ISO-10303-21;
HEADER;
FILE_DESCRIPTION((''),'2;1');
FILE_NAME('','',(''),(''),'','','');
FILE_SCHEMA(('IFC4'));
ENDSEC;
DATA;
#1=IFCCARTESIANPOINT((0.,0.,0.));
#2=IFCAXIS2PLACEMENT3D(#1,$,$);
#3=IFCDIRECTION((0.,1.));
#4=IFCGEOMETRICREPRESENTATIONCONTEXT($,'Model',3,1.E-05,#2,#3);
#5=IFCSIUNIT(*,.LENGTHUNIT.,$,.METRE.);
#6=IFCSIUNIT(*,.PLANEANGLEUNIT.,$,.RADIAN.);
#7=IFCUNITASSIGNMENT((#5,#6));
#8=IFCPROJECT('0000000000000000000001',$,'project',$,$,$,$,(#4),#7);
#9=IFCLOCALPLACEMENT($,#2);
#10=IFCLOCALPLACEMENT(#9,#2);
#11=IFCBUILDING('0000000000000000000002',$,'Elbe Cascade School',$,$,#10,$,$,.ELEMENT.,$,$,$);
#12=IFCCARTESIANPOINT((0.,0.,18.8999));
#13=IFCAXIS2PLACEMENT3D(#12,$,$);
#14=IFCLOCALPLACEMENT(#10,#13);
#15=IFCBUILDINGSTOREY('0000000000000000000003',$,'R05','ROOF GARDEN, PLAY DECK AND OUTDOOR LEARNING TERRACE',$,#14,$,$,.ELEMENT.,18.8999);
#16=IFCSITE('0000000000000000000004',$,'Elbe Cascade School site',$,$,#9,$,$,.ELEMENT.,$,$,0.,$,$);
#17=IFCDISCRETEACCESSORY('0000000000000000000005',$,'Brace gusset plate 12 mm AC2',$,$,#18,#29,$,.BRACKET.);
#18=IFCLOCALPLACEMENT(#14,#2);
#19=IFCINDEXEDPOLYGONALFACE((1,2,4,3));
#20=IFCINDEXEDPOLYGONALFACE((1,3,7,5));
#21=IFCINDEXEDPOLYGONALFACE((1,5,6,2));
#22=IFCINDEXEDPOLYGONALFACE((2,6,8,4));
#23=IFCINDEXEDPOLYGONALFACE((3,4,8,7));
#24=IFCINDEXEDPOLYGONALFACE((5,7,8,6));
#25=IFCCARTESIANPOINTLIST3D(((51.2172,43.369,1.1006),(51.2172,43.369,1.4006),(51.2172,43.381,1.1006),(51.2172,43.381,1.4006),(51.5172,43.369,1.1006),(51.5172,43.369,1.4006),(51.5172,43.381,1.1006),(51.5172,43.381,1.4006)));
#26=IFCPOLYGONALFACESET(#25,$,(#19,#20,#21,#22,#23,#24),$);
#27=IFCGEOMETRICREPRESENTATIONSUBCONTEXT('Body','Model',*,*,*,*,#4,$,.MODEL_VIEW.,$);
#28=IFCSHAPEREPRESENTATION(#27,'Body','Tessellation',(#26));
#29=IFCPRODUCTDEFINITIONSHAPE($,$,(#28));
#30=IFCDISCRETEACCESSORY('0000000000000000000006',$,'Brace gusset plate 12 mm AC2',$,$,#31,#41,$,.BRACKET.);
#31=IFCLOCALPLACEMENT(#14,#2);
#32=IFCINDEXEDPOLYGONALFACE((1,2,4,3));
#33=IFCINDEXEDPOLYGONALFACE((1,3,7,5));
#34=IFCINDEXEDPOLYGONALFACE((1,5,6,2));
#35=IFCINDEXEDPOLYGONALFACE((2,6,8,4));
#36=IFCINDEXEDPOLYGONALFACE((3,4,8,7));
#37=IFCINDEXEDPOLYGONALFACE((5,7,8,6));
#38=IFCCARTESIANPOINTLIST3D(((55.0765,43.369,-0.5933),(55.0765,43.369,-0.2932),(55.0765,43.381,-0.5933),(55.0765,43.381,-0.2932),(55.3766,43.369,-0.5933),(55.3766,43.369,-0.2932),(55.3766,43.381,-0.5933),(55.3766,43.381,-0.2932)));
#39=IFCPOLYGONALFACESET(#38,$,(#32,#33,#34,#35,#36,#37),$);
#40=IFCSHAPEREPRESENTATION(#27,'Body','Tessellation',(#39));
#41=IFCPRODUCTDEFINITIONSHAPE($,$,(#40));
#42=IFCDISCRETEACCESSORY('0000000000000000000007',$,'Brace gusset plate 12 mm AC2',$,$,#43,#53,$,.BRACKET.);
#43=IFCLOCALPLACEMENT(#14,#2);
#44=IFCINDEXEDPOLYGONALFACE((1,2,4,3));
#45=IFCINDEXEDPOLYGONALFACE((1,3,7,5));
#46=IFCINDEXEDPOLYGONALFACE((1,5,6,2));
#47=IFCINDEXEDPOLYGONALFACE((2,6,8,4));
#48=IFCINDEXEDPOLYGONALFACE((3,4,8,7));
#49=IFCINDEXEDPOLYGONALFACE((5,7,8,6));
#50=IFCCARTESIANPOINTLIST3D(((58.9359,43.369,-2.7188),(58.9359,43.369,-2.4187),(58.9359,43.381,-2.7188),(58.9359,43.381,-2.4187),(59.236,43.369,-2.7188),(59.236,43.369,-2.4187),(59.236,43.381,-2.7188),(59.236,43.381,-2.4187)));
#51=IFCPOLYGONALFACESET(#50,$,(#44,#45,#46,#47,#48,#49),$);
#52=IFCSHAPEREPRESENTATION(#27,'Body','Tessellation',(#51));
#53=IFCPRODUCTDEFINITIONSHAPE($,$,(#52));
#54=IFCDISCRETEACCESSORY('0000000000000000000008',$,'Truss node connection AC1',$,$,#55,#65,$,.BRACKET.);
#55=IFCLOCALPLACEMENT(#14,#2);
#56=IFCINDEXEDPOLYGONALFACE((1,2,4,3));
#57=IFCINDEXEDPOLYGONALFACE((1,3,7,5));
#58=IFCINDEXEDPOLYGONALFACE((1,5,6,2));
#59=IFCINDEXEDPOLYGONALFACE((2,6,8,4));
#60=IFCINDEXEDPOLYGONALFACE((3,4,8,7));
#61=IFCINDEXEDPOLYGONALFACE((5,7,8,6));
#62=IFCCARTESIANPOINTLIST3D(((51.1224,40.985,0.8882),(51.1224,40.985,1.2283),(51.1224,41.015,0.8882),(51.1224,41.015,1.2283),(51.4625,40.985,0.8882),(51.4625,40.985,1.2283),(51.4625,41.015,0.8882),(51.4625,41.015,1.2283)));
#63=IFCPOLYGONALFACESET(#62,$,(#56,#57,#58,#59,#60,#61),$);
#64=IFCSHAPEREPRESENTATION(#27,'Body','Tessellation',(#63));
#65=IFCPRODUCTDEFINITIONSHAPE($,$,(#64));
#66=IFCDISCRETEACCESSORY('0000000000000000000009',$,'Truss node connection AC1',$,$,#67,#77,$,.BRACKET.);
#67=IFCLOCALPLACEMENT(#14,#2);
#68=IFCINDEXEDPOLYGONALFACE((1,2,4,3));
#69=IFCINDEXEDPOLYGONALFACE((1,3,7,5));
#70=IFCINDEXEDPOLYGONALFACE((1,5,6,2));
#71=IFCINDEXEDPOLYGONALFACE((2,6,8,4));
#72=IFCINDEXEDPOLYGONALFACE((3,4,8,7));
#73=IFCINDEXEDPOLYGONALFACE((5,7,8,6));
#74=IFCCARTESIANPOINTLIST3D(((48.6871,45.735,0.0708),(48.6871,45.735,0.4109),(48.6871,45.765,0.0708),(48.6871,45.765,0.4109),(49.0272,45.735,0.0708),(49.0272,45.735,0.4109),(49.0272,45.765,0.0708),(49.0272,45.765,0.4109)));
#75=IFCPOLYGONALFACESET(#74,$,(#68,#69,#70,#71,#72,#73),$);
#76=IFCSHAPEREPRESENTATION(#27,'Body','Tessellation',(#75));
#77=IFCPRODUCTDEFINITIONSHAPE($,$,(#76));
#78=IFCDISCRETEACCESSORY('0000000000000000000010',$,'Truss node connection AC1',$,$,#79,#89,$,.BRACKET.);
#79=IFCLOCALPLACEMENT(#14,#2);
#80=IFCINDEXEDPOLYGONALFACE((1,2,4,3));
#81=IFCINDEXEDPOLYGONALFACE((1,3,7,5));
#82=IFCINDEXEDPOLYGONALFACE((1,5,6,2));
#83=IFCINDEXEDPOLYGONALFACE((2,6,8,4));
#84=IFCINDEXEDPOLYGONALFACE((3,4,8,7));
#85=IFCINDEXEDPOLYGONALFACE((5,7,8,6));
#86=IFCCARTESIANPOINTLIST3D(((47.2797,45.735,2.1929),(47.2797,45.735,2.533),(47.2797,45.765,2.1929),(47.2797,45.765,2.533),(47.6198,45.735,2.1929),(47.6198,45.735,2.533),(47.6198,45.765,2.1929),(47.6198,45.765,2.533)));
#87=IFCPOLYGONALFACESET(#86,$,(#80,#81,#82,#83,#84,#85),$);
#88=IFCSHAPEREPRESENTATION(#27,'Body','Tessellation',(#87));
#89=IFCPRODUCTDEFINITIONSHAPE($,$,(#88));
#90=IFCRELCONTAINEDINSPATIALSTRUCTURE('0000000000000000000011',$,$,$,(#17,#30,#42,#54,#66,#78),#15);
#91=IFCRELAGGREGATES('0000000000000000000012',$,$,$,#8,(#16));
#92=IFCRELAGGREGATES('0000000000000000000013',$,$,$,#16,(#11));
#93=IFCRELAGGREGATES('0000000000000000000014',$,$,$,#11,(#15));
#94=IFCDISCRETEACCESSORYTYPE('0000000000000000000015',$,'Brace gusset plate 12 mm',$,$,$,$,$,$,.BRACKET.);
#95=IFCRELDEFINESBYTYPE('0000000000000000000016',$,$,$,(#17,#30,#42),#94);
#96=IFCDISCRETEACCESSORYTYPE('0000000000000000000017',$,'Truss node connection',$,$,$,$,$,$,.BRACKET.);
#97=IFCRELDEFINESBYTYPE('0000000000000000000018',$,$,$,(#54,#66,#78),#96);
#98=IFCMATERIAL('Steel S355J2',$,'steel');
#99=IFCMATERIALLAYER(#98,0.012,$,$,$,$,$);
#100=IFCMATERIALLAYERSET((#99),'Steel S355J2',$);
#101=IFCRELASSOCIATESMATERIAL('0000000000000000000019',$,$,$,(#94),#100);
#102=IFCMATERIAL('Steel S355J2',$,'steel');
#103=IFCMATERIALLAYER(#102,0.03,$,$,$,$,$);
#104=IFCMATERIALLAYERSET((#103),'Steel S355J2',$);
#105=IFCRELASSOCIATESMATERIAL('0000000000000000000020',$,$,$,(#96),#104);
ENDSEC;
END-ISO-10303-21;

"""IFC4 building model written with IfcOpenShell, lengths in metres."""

from ifc_helpers import new_model, si_unit, direction, frame, origin, origin_2d, place, context, subcontext, project, spatial, rectangle, extrude, material, layer, layer_set, type_object, element, save


model = new_model("IFC4")

# Units and contexts
model_context = context("Model", 3, precision=1e-05, world=origin(), true_north=direction((0.0, 1.0)))
body_context = subcontext(model_context, "Body", "Model", "MODEL_VIEW")
ifc_project = project(units=[si_unit("LENGTHUNIT", "METRE"), si_unit("PLANEANGLEUNIT", "RADIAN")], contexts=[model_context])

# Site, building, storey
site_placement = place(None, origin())
site = spatial("IfcSite", under=ifc_project, at=site_placement, Name="Elbe Cascade School site", CompositionType="ELEMENT", RefElevation=0.0)
building_placement = place(site_placement, origin())
building = spatial("IfcBuilding", under=site, at=building_placement, Name="Elbe Cascade School", CompositionType="ELEMENT")
storey_placement = place(building_placement, frame((0.0, 0.0, 18.8999)))
storey = spatial("IfcBuildingStorey", under=building, at=storey_placement, Name="R05", Description="ROOF GARDEN, PLAY DECK AND OUTDOOR LEARNING TERRACE", CompositionType="ELEMENT", Elevation=18.8999)

# Discrete accessories
ifc_material_1 = material(Name="Steel S355J2", Category="steel")
ifc_layer_1 = layer(ifc_material_1, 0.012)
ifc_layer_set_1 = layer_set([ifc_layer_1], Name="Steel S355J2")
discrete_accessory_type_1 = type_object("IfcDiscreteAccessoryType", Name="Brace gusset plate 12 mm", PredefinedType="BRACKET", material=ifc_layer_set_1)
for number, where, z_axis, x_axis, name in (
    (1, (51.3672, 43.375, 1.1006), (0.0, 0.0, 1.0), (1.0, 0.0, 0.0), "Brace gusset plate 12 mm AC2"),
    (2, (55.2266, 43.375, -0.5933), (0.0, 0.0, 1.0), (1.0, 0.0, 0.0), "Brace gusset plate 12 mm AC2"),
    (3, (59.0859, 43.375, -2.7188), (0.0, 0.0, 1.0), (1.0, 0.0, 0.0), "Brace gusset plate 12 mm AC2"),
):
    element("IfcDiscreteAccessory", number, at=place(storey_placement, frame(where, z_axis=z_axis, x_axis=x_axis)), inside=storey, type_object=discrete_accessory_type_1, Name=name, PredefinedType="BRACKET", context=body_context, shape_type="SweptSolid", body=[
        extrude(rectangle(XDim=0.3, YDim=0.012, at=origin_2d()), origin(), (0.0, 0.0, 1.0), 0.3),
    ])
ifc_material_2 = material(Name="Steel S355J2", Category="steel")
ifc_layer_2 = layer(ifc_material_2, 0.03)
ifc_layer_set_2 = layer_set([ifc_layer_2], Name="Steel S355J2")
discrete_accessory_type_2 = type_object("IfcDiscreteAccessoryType", Name="Truss node connection", PredefinedType="BRACKET", material=ifc_layer_set_2)
for number, where, z_axis, x_axis, name in (
    (4, (51.2925, 41.0, 0.8882), (0.0, 0.0, 1.0), (1.0, 0.0, 0.0), "Truss node connection AC1"),
    (5, (48.8572, 45.75, 0.0708), (0.0, 0.0, 1.0), (1.0, 0.0, 0.0), "Truss node connection AC1"),
    (6, (47.4497, 45.75, 2.1929), (0.0, 0.0, 1.0), (1.0, 0.0, 0.0), "Truss node connection AC1"),
):
    element("IfcDiscreteAccessory", number, at=place(storey_placement, frame(where, z_axis=z_axis, x_axis=x_axis)), inside=storey, type_object=discrete_accessory_type_2, Name=name, PredefinedType="BRACKET", context=body_context, shape_type="SweptSolid", body=[
        extrude(rectangle(XDim=0.3401, YDim=0.03, at=origin_2d()), origin(), (0.0, 0.0, 1.0), 0.3401),
    ])

save(model, "model.ifc")
